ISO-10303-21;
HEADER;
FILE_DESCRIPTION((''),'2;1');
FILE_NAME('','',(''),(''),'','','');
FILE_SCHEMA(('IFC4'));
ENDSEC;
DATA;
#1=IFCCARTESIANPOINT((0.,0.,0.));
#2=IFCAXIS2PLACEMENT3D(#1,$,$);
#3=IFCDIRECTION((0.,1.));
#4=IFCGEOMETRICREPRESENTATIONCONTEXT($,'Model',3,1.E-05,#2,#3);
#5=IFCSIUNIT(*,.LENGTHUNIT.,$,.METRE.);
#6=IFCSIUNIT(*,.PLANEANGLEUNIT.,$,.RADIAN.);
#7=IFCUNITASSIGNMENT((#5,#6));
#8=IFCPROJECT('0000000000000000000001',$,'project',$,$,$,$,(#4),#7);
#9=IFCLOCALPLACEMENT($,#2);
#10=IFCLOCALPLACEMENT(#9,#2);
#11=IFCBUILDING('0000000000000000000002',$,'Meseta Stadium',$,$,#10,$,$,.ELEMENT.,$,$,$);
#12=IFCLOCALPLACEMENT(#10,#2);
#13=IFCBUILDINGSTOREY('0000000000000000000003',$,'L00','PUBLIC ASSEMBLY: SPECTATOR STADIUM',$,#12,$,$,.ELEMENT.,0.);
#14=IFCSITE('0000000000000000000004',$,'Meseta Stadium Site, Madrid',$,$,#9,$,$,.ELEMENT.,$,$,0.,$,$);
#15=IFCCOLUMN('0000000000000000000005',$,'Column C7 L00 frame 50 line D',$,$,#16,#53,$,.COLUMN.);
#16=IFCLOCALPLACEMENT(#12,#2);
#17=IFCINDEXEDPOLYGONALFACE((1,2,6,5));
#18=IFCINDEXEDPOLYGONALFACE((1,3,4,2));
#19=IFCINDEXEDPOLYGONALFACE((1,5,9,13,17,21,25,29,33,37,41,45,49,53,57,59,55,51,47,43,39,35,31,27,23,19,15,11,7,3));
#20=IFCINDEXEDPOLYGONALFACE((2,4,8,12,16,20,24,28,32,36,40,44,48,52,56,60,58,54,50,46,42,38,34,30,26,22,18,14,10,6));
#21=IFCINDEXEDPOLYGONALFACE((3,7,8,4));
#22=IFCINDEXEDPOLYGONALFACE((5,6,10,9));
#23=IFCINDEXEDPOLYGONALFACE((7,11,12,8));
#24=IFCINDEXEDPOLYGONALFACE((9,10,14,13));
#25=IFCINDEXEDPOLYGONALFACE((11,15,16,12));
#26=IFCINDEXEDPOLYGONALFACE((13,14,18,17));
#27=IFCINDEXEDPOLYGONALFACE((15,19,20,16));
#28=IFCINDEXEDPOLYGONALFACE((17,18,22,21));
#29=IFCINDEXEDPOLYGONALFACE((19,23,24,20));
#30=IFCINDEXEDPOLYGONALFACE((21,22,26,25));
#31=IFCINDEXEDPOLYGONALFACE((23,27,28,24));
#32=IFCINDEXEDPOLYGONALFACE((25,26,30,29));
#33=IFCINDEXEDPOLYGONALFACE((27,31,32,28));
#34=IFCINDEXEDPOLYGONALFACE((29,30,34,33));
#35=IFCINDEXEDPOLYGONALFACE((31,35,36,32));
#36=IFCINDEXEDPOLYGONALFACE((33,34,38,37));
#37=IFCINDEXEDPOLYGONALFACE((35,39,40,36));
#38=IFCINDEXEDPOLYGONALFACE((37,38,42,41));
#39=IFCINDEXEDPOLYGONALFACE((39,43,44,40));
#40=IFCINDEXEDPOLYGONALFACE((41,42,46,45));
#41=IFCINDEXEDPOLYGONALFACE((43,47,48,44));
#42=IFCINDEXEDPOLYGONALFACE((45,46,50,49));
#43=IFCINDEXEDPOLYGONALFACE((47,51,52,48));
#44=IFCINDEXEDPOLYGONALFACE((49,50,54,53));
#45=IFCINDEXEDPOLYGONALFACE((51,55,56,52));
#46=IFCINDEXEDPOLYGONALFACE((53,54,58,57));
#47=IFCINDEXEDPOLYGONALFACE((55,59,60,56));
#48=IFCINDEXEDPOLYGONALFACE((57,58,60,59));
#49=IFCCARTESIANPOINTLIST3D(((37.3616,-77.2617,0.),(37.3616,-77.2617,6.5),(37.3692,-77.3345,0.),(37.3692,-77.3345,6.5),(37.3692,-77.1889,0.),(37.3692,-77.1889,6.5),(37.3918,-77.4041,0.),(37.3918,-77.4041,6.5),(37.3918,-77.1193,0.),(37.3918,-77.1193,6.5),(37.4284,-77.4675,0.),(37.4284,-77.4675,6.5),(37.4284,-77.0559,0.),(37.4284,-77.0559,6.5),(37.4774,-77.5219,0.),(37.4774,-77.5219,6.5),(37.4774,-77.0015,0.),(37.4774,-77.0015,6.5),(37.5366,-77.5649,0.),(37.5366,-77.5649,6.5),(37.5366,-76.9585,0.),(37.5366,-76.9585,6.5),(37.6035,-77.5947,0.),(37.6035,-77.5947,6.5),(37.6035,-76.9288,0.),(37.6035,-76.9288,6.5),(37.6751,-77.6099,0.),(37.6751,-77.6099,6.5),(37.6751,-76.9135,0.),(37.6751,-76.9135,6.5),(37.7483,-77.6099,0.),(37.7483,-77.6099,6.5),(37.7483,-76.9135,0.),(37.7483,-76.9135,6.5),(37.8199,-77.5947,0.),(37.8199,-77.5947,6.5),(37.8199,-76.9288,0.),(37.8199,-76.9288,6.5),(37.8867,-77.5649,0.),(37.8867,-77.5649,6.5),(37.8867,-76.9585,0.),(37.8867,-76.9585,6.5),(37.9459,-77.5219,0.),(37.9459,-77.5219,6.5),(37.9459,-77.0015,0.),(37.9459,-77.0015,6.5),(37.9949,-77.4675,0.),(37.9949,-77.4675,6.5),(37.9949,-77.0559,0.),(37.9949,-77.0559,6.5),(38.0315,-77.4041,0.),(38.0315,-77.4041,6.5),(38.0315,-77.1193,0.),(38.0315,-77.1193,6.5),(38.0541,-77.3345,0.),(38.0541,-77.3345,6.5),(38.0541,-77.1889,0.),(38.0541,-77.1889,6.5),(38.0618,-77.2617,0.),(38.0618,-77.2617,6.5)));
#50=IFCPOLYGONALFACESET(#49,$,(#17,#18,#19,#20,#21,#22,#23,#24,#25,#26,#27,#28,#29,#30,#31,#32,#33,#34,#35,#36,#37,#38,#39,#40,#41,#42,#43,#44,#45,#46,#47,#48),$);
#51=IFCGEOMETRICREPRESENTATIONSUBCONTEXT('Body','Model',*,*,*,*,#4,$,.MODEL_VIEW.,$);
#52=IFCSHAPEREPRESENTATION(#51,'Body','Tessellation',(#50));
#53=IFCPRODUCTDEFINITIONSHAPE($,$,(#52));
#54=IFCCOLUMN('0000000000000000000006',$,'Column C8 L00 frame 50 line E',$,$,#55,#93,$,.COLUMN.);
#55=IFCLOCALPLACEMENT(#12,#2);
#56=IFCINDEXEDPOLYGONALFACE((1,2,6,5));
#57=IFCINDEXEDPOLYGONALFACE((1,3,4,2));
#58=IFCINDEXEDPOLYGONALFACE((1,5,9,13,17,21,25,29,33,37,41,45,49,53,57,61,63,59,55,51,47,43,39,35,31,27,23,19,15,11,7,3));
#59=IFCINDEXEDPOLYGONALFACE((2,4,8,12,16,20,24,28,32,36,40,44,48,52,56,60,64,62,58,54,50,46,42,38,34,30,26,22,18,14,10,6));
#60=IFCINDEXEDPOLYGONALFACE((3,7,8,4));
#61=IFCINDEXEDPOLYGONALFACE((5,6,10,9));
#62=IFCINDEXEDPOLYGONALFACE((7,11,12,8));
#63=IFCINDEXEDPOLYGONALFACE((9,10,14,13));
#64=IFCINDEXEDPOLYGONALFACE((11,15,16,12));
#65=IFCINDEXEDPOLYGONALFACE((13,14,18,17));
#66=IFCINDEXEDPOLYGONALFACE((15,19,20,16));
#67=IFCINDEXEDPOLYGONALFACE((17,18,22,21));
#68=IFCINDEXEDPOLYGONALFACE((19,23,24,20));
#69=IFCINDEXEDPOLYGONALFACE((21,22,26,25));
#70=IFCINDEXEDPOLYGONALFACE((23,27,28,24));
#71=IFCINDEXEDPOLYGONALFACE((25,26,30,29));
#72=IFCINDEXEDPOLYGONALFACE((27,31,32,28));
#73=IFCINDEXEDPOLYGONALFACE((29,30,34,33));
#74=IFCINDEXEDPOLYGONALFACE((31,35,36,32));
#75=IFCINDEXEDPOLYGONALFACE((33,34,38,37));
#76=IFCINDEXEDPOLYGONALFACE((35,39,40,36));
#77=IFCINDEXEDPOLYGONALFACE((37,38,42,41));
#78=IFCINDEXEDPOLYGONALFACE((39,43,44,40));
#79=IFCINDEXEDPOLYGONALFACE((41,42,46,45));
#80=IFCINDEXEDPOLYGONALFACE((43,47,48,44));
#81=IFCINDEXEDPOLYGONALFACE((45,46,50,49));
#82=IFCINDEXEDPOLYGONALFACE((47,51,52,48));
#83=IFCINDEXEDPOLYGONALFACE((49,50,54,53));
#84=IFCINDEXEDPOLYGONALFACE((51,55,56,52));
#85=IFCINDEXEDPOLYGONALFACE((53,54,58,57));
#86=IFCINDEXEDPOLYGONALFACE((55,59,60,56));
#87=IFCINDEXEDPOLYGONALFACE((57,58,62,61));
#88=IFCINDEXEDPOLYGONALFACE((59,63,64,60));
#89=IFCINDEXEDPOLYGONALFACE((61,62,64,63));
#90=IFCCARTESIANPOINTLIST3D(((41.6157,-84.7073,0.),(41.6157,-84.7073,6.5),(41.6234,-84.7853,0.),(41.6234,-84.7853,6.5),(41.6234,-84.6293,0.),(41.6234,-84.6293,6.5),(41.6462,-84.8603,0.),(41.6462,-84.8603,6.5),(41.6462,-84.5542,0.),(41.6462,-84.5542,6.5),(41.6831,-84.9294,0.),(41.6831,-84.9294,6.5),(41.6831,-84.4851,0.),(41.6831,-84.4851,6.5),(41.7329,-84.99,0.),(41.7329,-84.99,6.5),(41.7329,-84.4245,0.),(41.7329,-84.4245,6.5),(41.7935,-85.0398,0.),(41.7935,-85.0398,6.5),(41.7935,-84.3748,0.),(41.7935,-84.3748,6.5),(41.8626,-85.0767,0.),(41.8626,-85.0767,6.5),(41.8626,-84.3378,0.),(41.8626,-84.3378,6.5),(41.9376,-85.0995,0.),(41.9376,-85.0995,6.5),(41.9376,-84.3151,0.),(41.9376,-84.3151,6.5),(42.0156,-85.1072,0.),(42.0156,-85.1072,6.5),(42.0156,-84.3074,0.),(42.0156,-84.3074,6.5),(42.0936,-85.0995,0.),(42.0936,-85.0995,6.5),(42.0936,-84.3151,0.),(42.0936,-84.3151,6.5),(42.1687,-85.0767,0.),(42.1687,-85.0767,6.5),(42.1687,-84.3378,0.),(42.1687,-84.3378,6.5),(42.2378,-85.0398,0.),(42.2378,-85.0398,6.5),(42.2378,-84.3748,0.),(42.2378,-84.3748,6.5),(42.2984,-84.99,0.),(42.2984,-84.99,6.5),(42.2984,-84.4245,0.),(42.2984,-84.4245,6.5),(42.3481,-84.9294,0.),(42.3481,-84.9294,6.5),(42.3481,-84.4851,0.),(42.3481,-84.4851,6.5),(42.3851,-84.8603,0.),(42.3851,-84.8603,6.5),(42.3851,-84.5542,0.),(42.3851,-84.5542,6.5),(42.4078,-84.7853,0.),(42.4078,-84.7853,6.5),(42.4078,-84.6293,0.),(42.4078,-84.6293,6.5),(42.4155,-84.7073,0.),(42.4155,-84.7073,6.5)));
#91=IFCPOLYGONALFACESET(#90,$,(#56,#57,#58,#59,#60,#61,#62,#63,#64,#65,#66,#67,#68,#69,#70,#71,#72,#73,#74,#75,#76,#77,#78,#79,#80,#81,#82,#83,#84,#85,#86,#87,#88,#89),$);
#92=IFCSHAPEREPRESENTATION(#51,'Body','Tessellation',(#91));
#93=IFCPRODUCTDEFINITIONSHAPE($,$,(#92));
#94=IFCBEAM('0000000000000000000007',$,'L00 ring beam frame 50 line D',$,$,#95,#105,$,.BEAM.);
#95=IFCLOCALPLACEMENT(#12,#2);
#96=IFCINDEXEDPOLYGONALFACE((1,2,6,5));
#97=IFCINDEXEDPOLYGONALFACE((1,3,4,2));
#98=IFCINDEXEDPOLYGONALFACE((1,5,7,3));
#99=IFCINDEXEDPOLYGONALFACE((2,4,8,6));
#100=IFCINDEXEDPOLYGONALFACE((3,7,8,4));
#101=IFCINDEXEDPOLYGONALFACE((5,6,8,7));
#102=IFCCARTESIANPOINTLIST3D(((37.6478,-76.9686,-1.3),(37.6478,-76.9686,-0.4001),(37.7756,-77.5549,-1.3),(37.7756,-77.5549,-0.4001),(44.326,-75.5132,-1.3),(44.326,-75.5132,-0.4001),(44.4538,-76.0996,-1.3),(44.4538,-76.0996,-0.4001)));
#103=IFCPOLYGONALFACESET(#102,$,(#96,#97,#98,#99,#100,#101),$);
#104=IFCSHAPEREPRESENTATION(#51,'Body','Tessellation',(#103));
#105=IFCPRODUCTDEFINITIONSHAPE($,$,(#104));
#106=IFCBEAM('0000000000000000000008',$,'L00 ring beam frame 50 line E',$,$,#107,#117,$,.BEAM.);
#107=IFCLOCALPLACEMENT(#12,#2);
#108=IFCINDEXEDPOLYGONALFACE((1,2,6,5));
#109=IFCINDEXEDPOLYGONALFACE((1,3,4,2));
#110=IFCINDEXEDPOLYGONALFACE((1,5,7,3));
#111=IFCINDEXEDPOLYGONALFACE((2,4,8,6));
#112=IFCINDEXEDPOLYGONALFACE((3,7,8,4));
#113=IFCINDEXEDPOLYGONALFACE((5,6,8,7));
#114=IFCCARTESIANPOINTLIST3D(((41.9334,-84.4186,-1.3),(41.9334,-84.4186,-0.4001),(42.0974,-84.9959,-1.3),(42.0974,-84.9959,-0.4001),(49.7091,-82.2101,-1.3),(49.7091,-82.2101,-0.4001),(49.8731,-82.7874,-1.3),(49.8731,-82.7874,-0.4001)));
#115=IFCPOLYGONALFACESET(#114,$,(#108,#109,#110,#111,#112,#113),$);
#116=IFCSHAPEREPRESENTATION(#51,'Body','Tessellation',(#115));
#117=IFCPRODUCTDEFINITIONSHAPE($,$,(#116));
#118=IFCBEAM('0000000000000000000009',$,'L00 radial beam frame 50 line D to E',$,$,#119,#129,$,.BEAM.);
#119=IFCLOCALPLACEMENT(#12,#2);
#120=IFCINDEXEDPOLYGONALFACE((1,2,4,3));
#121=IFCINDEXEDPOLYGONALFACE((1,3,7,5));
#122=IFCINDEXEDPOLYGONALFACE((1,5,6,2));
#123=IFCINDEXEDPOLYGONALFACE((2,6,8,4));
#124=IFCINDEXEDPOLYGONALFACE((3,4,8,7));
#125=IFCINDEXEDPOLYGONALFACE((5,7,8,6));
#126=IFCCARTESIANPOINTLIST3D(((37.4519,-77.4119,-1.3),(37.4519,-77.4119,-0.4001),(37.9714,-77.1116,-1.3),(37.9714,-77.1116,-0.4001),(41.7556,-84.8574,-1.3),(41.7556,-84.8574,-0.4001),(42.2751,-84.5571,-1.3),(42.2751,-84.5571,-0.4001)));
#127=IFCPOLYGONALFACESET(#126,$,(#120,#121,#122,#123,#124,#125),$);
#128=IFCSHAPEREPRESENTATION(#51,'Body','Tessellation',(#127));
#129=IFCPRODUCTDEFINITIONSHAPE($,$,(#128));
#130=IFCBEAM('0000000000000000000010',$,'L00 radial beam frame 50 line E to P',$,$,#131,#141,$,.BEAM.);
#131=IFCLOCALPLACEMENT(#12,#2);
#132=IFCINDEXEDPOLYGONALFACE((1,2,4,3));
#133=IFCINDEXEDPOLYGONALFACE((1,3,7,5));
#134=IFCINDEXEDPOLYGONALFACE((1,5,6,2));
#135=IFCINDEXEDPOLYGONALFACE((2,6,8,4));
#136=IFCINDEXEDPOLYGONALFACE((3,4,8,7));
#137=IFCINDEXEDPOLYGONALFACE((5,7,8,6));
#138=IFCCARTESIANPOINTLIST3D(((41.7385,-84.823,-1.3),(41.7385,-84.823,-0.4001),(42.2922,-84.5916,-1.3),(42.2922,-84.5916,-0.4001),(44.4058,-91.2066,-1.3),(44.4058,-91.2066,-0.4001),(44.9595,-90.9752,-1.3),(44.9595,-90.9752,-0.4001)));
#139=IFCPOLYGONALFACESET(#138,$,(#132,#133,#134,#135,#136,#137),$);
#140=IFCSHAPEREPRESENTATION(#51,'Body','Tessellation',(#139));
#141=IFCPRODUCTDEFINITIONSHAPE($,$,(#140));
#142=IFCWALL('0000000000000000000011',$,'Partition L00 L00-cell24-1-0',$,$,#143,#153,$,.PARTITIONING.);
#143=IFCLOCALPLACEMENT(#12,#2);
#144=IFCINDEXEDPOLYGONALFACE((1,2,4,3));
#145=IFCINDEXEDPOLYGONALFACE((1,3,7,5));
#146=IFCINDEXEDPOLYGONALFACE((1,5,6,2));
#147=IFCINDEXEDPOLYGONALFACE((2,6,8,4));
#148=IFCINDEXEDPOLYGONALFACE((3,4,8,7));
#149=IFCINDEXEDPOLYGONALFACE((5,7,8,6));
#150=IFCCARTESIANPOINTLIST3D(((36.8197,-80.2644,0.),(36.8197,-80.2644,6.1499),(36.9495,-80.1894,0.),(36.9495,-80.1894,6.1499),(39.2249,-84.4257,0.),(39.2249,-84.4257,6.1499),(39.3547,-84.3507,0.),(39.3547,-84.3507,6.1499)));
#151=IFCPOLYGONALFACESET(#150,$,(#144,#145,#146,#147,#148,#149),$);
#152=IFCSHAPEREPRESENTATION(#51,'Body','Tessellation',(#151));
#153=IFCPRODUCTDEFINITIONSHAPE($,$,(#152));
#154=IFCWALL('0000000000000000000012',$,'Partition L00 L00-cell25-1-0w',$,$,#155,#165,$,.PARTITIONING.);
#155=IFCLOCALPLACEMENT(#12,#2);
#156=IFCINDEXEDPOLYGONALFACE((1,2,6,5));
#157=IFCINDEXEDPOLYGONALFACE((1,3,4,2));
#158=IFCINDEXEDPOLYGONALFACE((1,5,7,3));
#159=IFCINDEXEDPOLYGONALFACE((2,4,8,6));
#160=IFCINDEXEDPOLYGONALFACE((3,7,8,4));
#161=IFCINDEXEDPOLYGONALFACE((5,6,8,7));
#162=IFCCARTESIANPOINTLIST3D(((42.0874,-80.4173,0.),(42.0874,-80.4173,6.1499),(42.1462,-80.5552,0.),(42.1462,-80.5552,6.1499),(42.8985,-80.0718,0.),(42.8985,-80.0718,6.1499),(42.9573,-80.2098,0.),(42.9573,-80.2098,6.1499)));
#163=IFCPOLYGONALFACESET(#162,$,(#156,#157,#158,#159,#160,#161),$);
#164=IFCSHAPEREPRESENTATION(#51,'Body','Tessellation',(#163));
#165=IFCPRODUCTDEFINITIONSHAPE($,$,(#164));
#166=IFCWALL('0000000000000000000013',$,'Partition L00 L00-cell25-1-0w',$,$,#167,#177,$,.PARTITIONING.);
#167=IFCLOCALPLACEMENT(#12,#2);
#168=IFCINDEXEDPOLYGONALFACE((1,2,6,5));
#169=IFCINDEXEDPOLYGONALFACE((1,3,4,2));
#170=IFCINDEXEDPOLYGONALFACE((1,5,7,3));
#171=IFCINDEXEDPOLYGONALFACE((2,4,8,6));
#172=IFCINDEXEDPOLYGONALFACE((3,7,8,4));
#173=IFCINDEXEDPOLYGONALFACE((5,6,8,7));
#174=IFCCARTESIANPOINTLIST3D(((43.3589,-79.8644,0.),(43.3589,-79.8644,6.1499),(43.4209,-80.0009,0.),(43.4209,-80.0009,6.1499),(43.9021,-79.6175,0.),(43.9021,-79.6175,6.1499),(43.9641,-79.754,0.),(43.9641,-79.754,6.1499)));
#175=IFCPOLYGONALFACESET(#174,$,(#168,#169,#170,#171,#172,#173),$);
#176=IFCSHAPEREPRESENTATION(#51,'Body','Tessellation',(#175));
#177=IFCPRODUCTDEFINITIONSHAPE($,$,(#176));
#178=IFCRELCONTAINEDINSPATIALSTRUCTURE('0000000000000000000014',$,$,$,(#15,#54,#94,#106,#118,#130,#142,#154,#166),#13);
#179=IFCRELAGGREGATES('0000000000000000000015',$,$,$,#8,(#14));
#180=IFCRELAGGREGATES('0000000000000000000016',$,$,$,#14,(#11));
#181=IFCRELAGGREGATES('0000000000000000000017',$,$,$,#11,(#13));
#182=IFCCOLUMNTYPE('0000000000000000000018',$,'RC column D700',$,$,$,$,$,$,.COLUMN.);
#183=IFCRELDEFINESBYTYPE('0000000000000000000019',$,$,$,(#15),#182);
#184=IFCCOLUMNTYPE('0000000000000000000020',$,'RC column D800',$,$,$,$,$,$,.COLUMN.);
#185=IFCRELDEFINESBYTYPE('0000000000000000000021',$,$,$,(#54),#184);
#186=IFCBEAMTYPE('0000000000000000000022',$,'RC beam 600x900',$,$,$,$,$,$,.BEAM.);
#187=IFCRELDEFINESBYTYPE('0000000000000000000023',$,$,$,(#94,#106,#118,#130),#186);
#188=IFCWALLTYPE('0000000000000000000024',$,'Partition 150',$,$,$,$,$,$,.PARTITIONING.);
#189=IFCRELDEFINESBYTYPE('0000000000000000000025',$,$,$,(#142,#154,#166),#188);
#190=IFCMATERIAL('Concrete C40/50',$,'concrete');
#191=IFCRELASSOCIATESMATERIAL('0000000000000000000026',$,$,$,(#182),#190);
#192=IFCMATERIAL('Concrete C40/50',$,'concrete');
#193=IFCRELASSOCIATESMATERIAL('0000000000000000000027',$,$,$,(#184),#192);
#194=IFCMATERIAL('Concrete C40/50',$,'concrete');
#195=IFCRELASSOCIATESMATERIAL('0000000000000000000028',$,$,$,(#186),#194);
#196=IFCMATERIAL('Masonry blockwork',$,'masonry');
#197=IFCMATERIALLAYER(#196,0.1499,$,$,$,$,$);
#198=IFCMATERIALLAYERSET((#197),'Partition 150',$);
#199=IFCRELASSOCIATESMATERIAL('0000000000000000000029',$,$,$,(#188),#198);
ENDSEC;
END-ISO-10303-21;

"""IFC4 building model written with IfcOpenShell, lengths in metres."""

from ifc_helpers import new_model, si_unit, direction, frame, frame_2d, origin, origin_2d, place, context, subcontext, project, spatial, rectangle, circle, extrude, material, layer, layer_set, material_profile, profile_set, type_object, element, save


model = new_model("IFC4")

# Units and contexts
model_context = context("Model", 3, precision=1e-05, world=origin(), true_north=direction((0.0, 1.0)))
body_context = subcontext(model_context, "Body", "Model", "MODEL_VIEW")
ifc_project = project(units=[si_unit("LENGTHUNIT", "METRE"), si_unit("PLANEANGLEUNIT", "RADIAN")], contexts=[model_context])

# Site, building, storey
site_placement = place(None, origin())
site = spatial("IfcSite", under=ifc_project, at=site_placement, Name="Meseta Stadium Site, Madrid", CompositionType="ELEMENT", RefElevation=0.0)
building_placement = place(site_placement, origin())
building = spatial("IfcBuilding", under=site, at=building_placement, Name="Meseta Stadium", CompositionType="ELEMENT")
storey_placement = place(building_placement, origin())
storey = spatial("IfcBuildingStorey", under=building, at=storey_placement, Name="L00", Description="PUBLIC ASSEMBLY: SPECTATOR STADIUM", CompositionType="ELEMENT", Elevation=0.0)

# Columns
ifc_material_1 = material(Name="Concrete C40/50", Category="concrete")
ifc_material_profile_1 = material_profile(ifc_material_1, circle(Radius=0.3501, at=origin_2d()), Name="RC D700")
ifc_profile_set_1 = profile_set([ifc_material_profile_1], Name="Concrete C40/50")
column_type_1 = type_object("IfcColumnType", Name="RC column D700", PredefinedType="COLUMN", material=ifc_profile_set_1)
column_1_placement = place(storey_placement, frame((37.7117, -77.2617, 0.0), z_axis=(0.0, 0.0, 1.0), x_axis=(1.0, 0.0, 0.0)))
element("IfcColumn", 1, at=column_1_placement, inside=storey, type_object=column_type_1, Name="Column C7 L00 frame 50 line D", PredefinedType="COLUMN", context=body_context, shape_type="SweptSolid", body=[
    extrude(circle(Radius=0.3501, at=origin_2d()), origin(), (0.0, 0.0, 1.0), 6.5),
])
ifc_material_2 = material(Name="Concrete C40/50", Category="concrete")
ifc_material_profile_2 = material_profile(ifc_material_2, circle(Radius=0.3999, at=origin_2d()), Name="RC D800")
ifc_profile_set_2 = profile_set([ifc_material_profile_2], Name="Concrete C40/50")
column_type_2 = type_object("IfcColumnType", Name="RC column D800", PredefinedType="COLUMN", material=ifc_profile_set_2)
column_2_placement = place(storey_placement, frame((42.0156, -84.7073, 0.0), z_axis=(0.0, 0.0, 1.0), x_axis=(1.0, 0.0, 0.0)))
element("IfcColumn", 2, at=column_2_placement, inside=storey, type_object=column_type_2, Name="Column C8 L00 frame 50 line E", PredefinedType="COLUMN", context=body_context, shape_type="SweptSolid", body=[
    extrude(circle(Radius=0.3999, at=origin_2d()), origin(), (0.0, 0.0, 1.0), 6.5),
])

# Beams
ifc_material_3 = material(Name="Concrete C40/50", Category="concrete")
ifc_material_profile_3 = material_profile(ifc_material_3, rectangle(XDim=0.6001, YDim=0.8999, at=origin_2d()), Name="RC 600x900")
ifc_profile_set_3 = profile_set([ifc_material_profile_3], Name="Concrete C40/50")
beam_type = type_object("IfcBeamType", Name="RC beam 600x900", PredefinedType="BEAM", material=ifc_profile_set_3)
beam_1_placement = place(storey_placement, frame((37.7117, -77.2617, -0.8501), z_axis=(0.977069, 0.212923, 0.0), x_axis=(-0.212923, 0.977069, 0.0)))
element("IfcBeam", 3, at=beam_1_placement, inside=storey, type_object=beam_type, Name="L00 ring beam frame 50 line D", PredefinedType="BEAM", context=body_context, shape_type="SweptSolid", body=[
    extrude(rectangle(XDim=0.6001, YDim=0.8999, at=origin_2d()), origin(), (0.0, 0.0, 1.0), 6.835),
])
beam_2_placement = place(storey_placement, frame((42.0154, -84.7073, -0.8501), z_axis=(0.961951, 0.273221, 0.0), x_axis=(-0.273221, 0.961951, 0.0)))
element("IfcBeam", 4, at=beam_2_placement, inside=storey, type_object=beam_type, Name="L00 ring beam frame 50 line E", PredefinedType="BEAM", context=body_context, shape_type="SweptSolid", body=[
    extrude(rectangle(XDim=0.6001, YDim=0.8999, at=origin_2d()), origin(), (0.0, 0.0, 1.0), 8.0833),
])
beam_3_placement = place(storey_placement, frame((37.7117, -77.2617, -0.8501), z_axis=(0.500437, -0.865773, 0.0), x_axis=(0.865773, 0.500437, 0.0)))
element("IfcBeam", 5, at=beam_3_placement, inside=storey, type_object=beam_type, Name="L00 radial beam frame 50 line D to E", PredefinedType="BEAM", context=body_context, shape_type="SweptSolid", body=[
    extrude(rectangle(XDim=0.6001, YDim=0.8999, at=origin_2d()), origin(), (0.0, 0.0, 1.0), 8.5999),
])
beam_4_placement = place(storey_placement, frame((42.0154, -84.7073, -0.8501), z_axis=(0.38553, -0.922695, 0.0), x_axis=(0.922695, 0.38553, 0.0)))
element("IfcBeam", 6, at=beam_4_placement, inside=storey, type_object=beam_type, Name="L00 radial beam frame 50 line E to P", PredefinedType="BEAM", context=body_context, shape_type="SweptSolid", body=[
    extrude(rectangle(XDim=0.6001, YDim=0.8999, at=origin_2d()), origin(), (0.0, 0.0, 1.0), 6.9185),
])

# Walls
ifc_material_4 = material(Name="Masonry blockwork", Category="masonry")
ifc_layer = layer(ifc_material_4, 0.1499)
ifc_layer_set = layer_set([ifc_layer], Name="Partition 150")
wall_type = type_object("IfcWallType", Name="Partition 150", PredefinedType="PARTITIONING", material=ifc_layer_set)
wall_1_placement = place(storey_placement, frame((36.8845, -80.2268, 0.0), z_axis=(0.0, 0.0, 1.0), x_axis=(0.500421, -0.865782, 0.0)))
element("IfcWall", 7, at=wall_1_placement, inside=storey, type_object=wall_type, Name="Partition L00 L00-cell24-1-0", PredefinedType="PARTITIONING", context=body_context, shape_type="SweptSolid", body=[
    extrude(rectangle(XDim=4.8064, YDim=0.1499, at=frame_2d((2.4033, 0.0))), origin(), (0.0, 0.0, 1.0), 6.1499),
])
wall_2_placement = place(storey_placement, frame((42.1167, -80.4863, 0.0), z_axis=(0.0, 0.0, 1.0), x_axis=(0.920017, 0.391879, 0.0)))
element("IfcWall", 8, at=wall_2_placement, inside=storey, type_object=wall_type, Name="Partition L00 L00-cell25-1-0w", PredefinedType="PARTITIONING", context=body_context, shape_type="SweptSolid", body=[
    extrude(rectangle(XDim=0.8816, YDim=0.1499, at=frame_2d((0.4409, 0.0))), origin(), (0.0, 0.0, 1.0), 6.1499),
])
wall_3_placement = place(storey_placement, frame((43.3899, -79.9326, 0.0), z_axis=(0.0, 0.0, 1.0), x_axis=(0.910423, 0.41368, 0.0)))
element("IfcWall", 9, at=wall_3_placement, inside=storey, type_object=wall_type, Name="Partition L00 L00-cell25-1-0w", PredefinedType="PARTITIONING", context=body_context, shape_type="SweptSolid", body=[
    extrude(rectangle(XDim=0.5967, YDim=0.1499, at=frame_2d((0.2983, 0.0))), origin(), (0.0, 0.0, 1.0), 6.1499),
])

save(model, "model.ifc")
